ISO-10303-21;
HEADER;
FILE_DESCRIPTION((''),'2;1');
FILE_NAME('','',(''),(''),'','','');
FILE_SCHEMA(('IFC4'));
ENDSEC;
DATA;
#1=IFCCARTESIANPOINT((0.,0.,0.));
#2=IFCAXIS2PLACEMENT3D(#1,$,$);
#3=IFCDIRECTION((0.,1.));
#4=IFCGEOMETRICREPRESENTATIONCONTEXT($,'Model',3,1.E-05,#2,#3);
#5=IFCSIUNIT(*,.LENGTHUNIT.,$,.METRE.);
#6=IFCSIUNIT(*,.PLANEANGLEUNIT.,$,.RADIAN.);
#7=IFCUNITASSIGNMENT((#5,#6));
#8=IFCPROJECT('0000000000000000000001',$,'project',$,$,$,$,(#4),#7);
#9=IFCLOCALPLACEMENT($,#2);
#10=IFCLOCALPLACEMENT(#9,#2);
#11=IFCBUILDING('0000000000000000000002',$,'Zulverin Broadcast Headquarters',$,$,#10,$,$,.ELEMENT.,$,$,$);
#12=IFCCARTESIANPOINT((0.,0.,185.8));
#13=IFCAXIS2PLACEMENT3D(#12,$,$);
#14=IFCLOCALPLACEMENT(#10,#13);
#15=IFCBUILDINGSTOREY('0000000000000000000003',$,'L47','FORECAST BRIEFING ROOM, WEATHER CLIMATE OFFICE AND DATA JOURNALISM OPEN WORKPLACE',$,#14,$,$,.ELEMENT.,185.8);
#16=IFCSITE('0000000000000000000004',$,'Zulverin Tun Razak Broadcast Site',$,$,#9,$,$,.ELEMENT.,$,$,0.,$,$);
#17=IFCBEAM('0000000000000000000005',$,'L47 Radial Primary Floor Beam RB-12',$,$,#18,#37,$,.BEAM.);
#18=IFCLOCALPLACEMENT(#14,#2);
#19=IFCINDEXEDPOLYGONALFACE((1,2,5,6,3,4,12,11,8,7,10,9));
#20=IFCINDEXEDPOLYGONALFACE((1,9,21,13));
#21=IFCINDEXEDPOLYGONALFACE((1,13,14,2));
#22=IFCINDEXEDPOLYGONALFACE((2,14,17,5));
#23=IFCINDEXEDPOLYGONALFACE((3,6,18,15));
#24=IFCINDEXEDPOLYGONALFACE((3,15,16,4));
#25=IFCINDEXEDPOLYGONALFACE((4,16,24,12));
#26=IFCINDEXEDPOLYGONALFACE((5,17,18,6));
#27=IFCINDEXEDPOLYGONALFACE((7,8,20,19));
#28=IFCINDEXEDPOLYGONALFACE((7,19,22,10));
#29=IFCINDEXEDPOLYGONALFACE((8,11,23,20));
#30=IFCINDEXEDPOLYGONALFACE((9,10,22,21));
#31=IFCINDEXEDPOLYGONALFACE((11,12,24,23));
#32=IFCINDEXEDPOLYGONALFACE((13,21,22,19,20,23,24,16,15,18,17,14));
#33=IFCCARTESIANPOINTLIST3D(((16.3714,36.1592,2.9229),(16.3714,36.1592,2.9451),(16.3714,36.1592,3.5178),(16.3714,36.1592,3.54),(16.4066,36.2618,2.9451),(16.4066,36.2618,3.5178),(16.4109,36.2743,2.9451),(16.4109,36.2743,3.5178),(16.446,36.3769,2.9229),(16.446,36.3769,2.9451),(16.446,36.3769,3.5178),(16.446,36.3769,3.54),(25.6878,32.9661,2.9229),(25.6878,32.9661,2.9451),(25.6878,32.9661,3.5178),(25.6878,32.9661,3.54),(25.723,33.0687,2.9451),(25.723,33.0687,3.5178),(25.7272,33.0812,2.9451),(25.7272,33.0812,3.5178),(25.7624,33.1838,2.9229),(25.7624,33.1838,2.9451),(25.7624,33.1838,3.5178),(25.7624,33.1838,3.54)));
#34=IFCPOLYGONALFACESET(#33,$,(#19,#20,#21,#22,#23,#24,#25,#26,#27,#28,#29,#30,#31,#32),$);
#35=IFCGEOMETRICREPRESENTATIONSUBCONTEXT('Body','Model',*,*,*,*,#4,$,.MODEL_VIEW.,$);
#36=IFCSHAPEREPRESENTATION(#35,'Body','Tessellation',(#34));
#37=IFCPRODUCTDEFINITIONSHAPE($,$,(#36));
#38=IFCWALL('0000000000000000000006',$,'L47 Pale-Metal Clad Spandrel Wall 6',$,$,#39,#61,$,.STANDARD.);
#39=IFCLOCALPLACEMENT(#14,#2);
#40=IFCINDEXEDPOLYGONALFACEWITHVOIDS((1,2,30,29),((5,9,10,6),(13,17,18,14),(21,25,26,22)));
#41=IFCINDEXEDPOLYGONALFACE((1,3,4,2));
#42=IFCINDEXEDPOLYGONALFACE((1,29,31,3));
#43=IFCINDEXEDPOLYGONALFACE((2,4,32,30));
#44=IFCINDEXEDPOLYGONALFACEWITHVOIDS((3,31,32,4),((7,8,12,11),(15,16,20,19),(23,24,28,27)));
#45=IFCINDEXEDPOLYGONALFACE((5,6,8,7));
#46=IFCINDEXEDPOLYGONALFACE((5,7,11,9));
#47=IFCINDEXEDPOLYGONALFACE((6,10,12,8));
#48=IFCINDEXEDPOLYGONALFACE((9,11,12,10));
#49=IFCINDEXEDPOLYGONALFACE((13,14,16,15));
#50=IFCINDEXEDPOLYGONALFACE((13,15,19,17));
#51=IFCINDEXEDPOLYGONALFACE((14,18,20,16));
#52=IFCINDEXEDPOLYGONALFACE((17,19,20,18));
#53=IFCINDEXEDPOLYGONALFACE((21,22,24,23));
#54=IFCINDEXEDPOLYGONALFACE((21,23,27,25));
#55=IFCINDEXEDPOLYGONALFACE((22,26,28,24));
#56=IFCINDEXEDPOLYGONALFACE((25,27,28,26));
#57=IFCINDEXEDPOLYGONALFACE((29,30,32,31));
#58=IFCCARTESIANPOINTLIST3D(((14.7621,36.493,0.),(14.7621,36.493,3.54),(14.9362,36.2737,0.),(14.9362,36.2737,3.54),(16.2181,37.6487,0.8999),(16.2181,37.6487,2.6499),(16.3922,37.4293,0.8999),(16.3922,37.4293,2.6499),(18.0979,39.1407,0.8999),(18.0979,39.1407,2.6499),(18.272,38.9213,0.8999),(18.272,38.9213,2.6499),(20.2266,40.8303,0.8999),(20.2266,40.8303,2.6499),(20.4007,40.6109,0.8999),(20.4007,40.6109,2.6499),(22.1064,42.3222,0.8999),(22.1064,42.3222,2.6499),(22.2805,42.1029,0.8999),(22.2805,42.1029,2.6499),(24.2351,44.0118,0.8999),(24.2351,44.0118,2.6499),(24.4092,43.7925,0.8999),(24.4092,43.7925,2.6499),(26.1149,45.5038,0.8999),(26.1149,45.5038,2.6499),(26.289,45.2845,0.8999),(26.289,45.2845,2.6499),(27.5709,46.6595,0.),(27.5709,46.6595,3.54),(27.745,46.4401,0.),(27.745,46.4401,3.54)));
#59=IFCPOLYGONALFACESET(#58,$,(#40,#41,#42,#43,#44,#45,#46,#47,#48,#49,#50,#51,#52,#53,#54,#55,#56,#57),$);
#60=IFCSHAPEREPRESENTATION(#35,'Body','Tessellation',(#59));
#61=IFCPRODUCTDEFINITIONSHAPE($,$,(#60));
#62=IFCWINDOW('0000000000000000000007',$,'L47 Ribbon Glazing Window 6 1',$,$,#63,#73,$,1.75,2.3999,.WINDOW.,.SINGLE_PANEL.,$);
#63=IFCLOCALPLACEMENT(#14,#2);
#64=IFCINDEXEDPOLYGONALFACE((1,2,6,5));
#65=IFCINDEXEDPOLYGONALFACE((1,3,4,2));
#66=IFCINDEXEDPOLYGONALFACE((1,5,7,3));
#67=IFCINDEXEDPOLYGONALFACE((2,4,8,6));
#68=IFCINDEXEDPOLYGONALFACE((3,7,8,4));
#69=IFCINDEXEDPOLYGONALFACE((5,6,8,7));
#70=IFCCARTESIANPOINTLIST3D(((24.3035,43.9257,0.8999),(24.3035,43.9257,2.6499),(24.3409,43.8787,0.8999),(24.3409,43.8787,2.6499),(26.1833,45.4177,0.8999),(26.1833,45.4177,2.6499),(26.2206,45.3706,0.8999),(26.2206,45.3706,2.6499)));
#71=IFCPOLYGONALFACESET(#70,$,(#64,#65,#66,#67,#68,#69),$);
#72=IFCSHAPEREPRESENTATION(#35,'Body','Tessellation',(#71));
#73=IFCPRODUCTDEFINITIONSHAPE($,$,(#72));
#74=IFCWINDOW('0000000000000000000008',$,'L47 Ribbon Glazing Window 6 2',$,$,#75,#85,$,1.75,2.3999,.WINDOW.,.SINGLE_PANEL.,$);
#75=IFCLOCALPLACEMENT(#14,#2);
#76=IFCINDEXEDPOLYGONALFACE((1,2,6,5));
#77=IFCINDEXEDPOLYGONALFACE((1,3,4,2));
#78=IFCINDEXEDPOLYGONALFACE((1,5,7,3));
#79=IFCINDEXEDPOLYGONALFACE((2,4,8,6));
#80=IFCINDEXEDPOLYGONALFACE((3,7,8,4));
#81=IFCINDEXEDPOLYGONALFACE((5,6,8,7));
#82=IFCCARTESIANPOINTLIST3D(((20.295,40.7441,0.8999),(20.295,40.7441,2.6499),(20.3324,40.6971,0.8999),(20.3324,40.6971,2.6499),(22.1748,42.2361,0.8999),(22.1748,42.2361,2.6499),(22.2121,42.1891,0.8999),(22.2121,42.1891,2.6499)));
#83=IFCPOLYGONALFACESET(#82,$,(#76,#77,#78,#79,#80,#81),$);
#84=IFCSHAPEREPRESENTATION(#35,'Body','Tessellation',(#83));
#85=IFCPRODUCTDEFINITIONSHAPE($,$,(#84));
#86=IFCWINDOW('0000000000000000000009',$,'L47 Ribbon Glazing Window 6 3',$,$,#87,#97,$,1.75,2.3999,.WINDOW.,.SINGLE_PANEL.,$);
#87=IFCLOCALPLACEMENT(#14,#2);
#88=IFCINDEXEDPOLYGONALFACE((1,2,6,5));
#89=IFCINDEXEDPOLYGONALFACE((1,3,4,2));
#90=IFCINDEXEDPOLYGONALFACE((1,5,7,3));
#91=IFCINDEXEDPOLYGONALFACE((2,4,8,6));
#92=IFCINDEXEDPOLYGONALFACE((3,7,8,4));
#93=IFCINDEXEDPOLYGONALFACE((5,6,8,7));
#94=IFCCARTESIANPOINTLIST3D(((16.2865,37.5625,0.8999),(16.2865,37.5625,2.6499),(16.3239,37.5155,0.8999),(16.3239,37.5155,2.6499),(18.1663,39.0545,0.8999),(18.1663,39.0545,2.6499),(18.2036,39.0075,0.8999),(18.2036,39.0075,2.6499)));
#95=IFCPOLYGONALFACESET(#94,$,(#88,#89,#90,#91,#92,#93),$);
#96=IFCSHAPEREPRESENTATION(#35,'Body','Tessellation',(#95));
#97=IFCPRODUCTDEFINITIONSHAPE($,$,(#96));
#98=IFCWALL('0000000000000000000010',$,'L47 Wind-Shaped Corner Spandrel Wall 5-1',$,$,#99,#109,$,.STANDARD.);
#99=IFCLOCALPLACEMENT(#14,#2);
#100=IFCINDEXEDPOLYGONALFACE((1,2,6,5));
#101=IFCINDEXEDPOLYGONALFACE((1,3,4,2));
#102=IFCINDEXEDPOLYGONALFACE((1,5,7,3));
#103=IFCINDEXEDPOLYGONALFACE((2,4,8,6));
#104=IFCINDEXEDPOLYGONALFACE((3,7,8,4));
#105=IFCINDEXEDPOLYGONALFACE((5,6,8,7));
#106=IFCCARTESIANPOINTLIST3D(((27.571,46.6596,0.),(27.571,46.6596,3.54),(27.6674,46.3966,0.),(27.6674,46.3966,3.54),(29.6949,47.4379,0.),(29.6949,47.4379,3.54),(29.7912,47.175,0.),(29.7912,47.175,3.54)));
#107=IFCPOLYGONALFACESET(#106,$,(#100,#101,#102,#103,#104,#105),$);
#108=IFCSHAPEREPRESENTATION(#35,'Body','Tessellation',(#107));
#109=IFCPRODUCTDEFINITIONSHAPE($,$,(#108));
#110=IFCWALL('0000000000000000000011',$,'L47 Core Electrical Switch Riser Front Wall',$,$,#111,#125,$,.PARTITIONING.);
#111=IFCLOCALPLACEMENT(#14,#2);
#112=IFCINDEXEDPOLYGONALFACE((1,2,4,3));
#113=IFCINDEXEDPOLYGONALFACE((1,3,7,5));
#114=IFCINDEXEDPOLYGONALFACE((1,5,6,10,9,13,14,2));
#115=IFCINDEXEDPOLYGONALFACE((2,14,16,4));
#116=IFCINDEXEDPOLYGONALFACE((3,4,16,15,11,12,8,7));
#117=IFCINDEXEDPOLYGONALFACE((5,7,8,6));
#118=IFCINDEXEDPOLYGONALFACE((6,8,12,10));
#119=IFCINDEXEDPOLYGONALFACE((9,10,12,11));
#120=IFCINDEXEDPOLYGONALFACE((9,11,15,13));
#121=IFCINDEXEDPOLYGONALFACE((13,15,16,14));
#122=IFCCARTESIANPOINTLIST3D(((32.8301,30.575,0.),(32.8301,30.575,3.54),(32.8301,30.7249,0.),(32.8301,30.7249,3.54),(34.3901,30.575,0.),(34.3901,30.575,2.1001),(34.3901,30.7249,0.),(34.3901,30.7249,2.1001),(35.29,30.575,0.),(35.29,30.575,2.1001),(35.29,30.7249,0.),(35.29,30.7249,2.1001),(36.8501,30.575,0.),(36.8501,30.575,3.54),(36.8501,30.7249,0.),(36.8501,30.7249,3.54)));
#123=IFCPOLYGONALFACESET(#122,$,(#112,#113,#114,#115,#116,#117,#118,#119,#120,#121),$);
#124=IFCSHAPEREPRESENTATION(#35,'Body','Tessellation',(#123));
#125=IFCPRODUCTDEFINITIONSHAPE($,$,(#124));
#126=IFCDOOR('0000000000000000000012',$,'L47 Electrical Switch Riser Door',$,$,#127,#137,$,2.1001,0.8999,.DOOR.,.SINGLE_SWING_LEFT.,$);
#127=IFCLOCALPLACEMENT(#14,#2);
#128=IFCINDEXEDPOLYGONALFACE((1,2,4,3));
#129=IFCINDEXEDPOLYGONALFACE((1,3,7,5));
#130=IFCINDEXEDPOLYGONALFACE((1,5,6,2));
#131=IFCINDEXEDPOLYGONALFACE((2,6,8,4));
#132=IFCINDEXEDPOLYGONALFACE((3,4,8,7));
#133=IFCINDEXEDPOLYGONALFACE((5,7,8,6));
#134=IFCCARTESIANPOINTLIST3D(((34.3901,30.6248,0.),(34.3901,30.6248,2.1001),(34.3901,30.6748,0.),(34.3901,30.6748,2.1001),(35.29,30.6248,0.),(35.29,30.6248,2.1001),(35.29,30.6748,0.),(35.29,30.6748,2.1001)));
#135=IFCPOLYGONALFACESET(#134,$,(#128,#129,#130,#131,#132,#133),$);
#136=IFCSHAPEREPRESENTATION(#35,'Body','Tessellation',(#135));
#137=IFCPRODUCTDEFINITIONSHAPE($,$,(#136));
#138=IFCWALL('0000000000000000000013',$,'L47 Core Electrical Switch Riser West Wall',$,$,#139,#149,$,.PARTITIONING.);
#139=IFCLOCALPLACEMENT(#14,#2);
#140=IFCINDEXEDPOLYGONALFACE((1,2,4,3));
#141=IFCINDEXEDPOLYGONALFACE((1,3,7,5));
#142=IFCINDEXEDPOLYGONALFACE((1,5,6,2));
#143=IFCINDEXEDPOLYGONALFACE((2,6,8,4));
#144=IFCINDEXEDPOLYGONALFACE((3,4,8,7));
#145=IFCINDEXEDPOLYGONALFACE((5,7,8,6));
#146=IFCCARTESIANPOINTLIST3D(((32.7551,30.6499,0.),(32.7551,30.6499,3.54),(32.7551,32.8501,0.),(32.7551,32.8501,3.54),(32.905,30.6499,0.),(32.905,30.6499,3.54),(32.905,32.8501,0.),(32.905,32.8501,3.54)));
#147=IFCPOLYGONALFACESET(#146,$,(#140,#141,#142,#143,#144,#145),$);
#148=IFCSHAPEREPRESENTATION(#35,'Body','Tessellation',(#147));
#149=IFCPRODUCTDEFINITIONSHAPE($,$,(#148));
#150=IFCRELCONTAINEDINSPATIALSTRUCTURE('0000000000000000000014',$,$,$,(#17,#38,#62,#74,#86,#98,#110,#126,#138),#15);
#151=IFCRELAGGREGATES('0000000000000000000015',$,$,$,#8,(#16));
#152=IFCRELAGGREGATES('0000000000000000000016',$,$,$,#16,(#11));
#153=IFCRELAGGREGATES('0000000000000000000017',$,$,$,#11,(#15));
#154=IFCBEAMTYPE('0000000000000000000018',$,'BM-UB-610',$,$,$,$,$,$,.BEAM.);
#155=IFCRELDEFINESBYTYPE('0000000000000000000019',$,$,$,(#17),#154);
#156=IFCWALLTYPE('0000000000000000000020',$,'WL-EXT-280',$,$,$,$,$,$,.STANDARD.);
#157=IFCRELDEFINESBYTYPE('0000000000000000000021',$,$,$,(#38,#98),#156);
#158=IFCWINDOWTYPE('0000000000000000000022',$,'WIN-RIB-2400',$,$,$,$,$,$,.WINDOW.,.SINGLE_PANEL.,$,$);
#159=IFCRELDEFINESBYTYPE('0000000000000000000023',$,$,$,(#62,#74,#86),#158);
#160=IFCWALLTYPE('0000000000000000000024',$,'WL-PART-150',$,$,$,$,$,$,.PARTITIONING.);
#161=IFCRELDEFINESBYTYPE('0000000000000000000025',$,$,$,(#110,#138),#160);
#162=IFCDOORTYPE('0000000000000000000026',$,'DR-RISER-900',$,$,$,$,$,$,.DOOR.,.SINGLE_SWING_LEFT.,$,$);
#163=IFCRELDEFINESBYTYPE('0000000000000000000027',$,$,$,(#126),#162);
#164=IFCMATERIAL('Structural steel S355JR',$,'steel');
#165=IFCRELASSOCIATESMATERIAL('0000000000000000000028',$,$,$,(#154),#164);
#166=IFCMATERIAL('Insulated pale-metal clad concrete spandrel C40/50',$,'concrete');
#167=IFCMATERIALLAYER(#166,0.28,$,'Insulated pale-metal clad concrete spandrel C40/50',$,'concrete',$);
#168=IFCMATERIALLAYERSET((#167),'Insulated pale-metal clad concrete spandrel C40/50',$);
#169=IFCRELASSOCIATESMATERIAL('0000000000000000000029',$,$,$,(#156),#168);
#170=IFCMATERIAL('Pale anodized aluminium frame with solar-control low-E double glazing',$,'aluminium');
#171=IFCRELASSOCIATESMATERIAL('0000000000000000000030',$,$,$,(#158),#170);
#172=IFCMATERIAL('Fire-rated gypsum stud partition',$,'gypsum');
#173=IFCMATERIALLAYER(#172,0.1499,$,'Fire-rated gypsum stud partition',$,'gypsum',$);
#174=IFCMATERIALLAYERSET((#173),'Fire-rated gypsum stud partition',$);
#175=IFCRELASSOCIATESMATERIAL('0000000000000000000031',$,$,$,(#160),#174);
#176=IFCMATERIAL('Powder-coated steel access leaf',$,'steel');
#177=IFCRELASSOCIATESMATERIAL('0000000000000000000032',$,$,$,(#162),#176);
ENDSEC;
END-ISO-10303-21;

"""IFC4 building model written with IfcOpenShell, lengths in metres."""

from ifc_helpers import new_model, si_unit, direction, frame, frame_2d, origin, origin_2d, place, context, subcontext, project, spatial, rectangle, i_section, extrude, material, layer, layer_set, material_profile, profile_set, type_object, element, fill, save


model = new_model("IFC4")

# Units and contexts
model_context = context("Model", 3, precision=1e-05, world=origin(), true_north=direction((0.0, 1.0)))
body_context = subcontext(model_context, "Body", "Model", "MODEL_VIEW")
ifc_project = project(units=[si_unit("LENGTHUNIT", "METRE"), si_unit("PLANEANGLEUNIT", "RADIAN")], contexts=[model_context])

# Site, building, storey
site_placement = place(None, origin())
site = spatial("IfcSite", under=ifc_project, at=site_placement, Name="Zulverin Tun Razak Broadcast Site", CompositionType="ELEMENT", RefElevation=0.0)
building_placement = place(site_placement, origin())
building = spatial("IfcBuilding", under=site, at=building_placement, Name="Zulverin Broadcast Headquarters", CompositionType="ELEMENT")
storey_placement = place(building_placement, frame((0.0, 0.0, 185.8)))
storey = spatial("IfcBuildingStorey", under=building, at=storey_placement, Name="L47", Description="FORECAST BRIEFING ROOM, WEATHER CLIMATE OFFICE AND DATA JOURNALISM OPEN WORKPLACE", CompositionType="ELEMENT", Elevation=185.8)

# Beam
ifc_material_1 = material(Name="Structural steel S355JR", Category="steel")
ifc_material_profile_1 = material_profile(ifc_material_1, i_section(OverallWidth=0.2302, OverallDepth=0.6172, WebThickness=0.0132, FlangeThickness=0.0222, at=origin_2d()), Name="Structural steel S355JR", Category="steel")
ifc_profile_set_1 = profile_set([ifc_material_profile_1], Name="Structural steel S355JR")
beam_type_1 = type_object("IfcBeamType", Name="BM-UB-610", PredefinedType="BEAM", material=ifc_profile_set_1)
beam_1_placement = place(storey_placement, frame((25.7251, 33.075, 3.2314), z_axis=(-0.94598, 0.324226, 0.0), x_axis=(-0.324226, -0.94598, 0.0)))
element("IfcBeam", 1, at=beam_1_placement, inside=storey, type_object=beam_type_1, Name="L47 Radial Primary Floor Beam RB-12", PredefinedType="BEAM", context=body_context, shape_type="SweptSolid", body=[
    extrude(i_section(OverallWidth=0.2302, OverallDepth=0.6172, WebThickness=0.0132, FlangeThickness=0.0222, at=origin_2d()), origin(), (0.0, 0.0, 1.0), 9.8484),
])

# Wall, openings, windows
ifc_material_2 = material(Name="Insulated pale-metal clad concrete spandrel C40/50", Category="concrete")
ifc_layer_1 = layer(ifc_material_2, 0.28, Name="Insulated pale-metal clad concrete spandrel C40/50", Category="concrete")
ifc_layer_set_1 = layer_set([ifc_layer_1], Name="Insulated pale-metal clad concrete spandrel C40/50")
wall_type_1 = type_object("IfcWallType", Name="WL-EXT-280", PredefinedType="STANDARD", material=ifc_layer_set_1)
wall_1_placement = place(storey_placement, frame((27.658, 46.5498, 0.0), z_axis=(0.0, 0.0, 1.0), x_axis=(-0.783266, -0.621686, 0.0)))
wall_1 = element("IfcWall", 2, at=wall_1_placement, inside=storey, type_object=wall_type_1, Name="L47 Pale-Metal Clad Spandrel Wall 6", PredefinedType="STANDARD", context=body_context, shape_type="SweptSolid", body=[
    extrude(rectangle(XDim=16.353, YDim=0.28, at=frame_2d((8.1765, 0.0))), origin(), (0.0, 0.0, 1.0), 3.54),
])
opening_1_placement = place(wall_1_placement, frame((1.8589, 0.0, 0.8999)))
opening_1 = element("IfcOpeningElement", 3, at=opening_1_placement, cuts=wall_1, PredefinedType="OPENING", context=body_context, shape_type="SweptSolid", body=[
    extrude(rectangle(XDim=2.3999, YDim=1.75, at=frame_2d((1.2, 0.875))), frame((0.0, 0.1499, 0.0), z_axis=(0.0, -1.0, 0.0), x_axis=(1.0, 0.0, 0.0)), (0.0, 0.0, 1.0), 0.3),
])
opening_2_placement = place(wall_1_placement, frame((6.9766, 0.0, 0.8999)))
opening_2 = element("IfcOpeningElement", 4, at=opening_2_placement, cuts=wall_1, PredefinedType="OPENING", context=body_context, shape_type="SweptSolid", body=[
    extrude(rectangle(XDim=2.3999, YDim=1.75, at=frame_2d((1.2, 0.875))), frame((0.0, 0.1499, 0.0), z_axis=(0.0, -1.0, 0.0), x_axis=(1.0, 0.0, 0.0)), (0.0, 0.0, 1.0), 0.3),
])
opening_3_placement = place(wall_1_placement, frame((12.0942, 0.0, 0.8999)))
opening_3 = element("IfcOpeningElement", 5, at=opening_3_placement, cuts=wall_1, PredefinedType="OPENING", context=body_context, shape_type="SweptSolid", body=[
    extrude(rectangle(XDim=2.3999, YDim=1.75, at=frame_2d((1.2, 0.875))), frame((0.0, 0.1499, 0.0), z_axis=(0.0, -1.0, 0.0), x_axis=(1.0, 0.0, 0.0)), (0.0, 0.0, 1.0), 0.3),
])
ifc_material_3 = material(Name="Pale anodized aluminium frame with solar-control low-E double glazing", Category="aluminium")
window_type = type_object("IfcWindowType", Name="WIN-RIB-2400", PartitioningType="SINGLE_PANEL", PredefinedType="WINDOW", material=ifc_material_3)
window_1_placement = place(opening_1_placement, origin())
window_1 = element("IfcWindow", 6, at=window_1_placement, inside=storey, type_object=window_type, Name="L47 Ribbon Glazing Window 6 1", OverallHeight=1.75, OverallWidth=2.3999, PartitioningType="SINGLE_PANEL", PredefinedType="WINDOW", context=body_context, shape_type="SweptSolid", body=[
    extrude(rectangle(XDim=2.3999, YDim=1.75, at=frame_2d((1.2, 0.875))), frame((0.0, 0.03, 0.0), z_axis=(0.0, -1.0, 0.0), x_axis=(1.0, 0.0, 0.0)), (0.0, 0.0, 1.0), 0.0601),
])
fill(opening_1, window_1)
window_2_placement = place(opening_2_placement, origin())
window_2 = element("IfcWindow", 7, at=window_2_placement, inside=storey, type_object=window_type, Name="L47 Ribbon Glazing Window 6 2", OverallHeight=1.75, OverallWidth=2.3999, PartitioningType="SINGLE_PANEL", PredefinedType="WINDOW", context=body_context, shape_type="SweptSolid", body=[
    extrude(rectangle(XDim=2.3999, YDim=1.75, at=frame_2d((1.2, 0.875))), frame((0.0, 0.03, 0.0), z_axis=(0.0, -1.0, 0.0), x_axis=(1.0, 0.0, 0.0)), (0.0, 0.0, 1.0), 0.0601),
])
fill(opening_2, window_2)
window_3_placement = place(opening_3_placement, origin())
window_3 = element("IfcWindow", 8, at=window_3_placement, inside=storey, type_object=window_type, Name="L47 Ribbon Glazing Window 6 3", OverallHeight=1.75, OverallWidth=2.3999, PartitioningType="SINGLE_PANEL", PredefinedType="WINDOW", context=body_context, shape_type="SweptSolid", body=[
    extrude(rectangle(XDim=2.3999, YDim=1.75, at=frame_2d((1.2, 0.875))), frame((0.0, 0.03, 0.0), z_axis=(0.0, -1.0, 0.0), x_axis=(1.0, 0.0, 0.0)), (0.0, 0.0, 1.0), 0.0601),
])
fill(opening_3, window_3)

# Wall
wall_2_placement = place(storey_placement, frame((29.7429, 47.3064, 0.0), z_axis=(0.0, 0.0, 1.0), x_axis=(-0.938933, -0.344099, 0.0)))
element("IfcWall", 9, at=wall_2_placement, inside=storey, type_object=wall_type_1, Name="L47 Wind-Shaped Corner Spandrel Wall 5-1", PredefinedType="STANDARD", context=body_context, shape_type="SweptSolid", body=[
    extrude(rectangle(XDim=2.262, YDim=0.28, at=frame_2d((1.1309, 0.0))), origin(), (0.0, 0.0, 1.0), 3.54),
])

# Wall, opening, door
ifc_material_4 = material(Name="Fire-rated gypsum stud partition", Category="gypsum")
ifc_layer_2 = layer(ifc_material_4, 0.1499, Name="Fire-rated gypsum stud partition", Category="gypsum")
ifc_layer_set_2 = layer_set([ifc_layer_2], Name="Fire-rated gypsum stud partition")
wall_type_2 = type_object("IfcWallType", Name="WL-PART-150", PredefinedType="PARTITIONING", material=ifc_layer_set_2)
wall_3_placement = place(storey_placement, frame((32.8301, 30.6499, 0.0), z_axis=(0.0, 0.0, 1.0), x_axis=(1.0, 0.0, 0.0)))
wall_3 = element("IfcWall", 10, at=wall_3_placement, inside=storey, type_object=wall_type_2, Name="L47 Core Electrical Switch Riser Front Wall", PredefinedType="PARTITIONING", context=body_context, shape_type="SweptSolid", body=[
    extrude(rectangle(XDim=4.02, YDim=0.1499, at=frame_2d((2.01, 0.0))), origin(), (0.0, 0.0, 1.0), 3.54),
])
opening_4_placement = place(wall_3_placement, frame((1.5601, 0.0, 0.0)))
opening_4 = element("IfcOpeningElement", 11, at=opening_4_placement, cuts=wall_3, PredefinedType="OPENING", context=body_context, shape_type="SweptSolid", body=[
    extrude(rectangle(XDim=0.8999, YDim=2.1001, at=frame_2d((0.45, 1.05))), frame((0.0, 0.085, 0.0), z_axis=(0.0, -1.0, 0.0), x_axis=(1.0, 0.0, 0.0)), (0.0, 0.0, 1.0), 0.1699),
])
ifc_material_5 = material(Name="Powder-coated steel access leaf", Category="steel")
door_type = type_object("IfcDoorType", Name="DR-RISER-900", OperationType="SINGLE_SWING_LEFT", PredefinedType="DOOR", material=ifc_material_5)
door_placement = place(opening_4_placement, origin())
door = element("IfcDoor", 12, at=door_placement, inside=storey, type_object=door_type, Name="L47 Electrical Switch Riser Door", OperationType="SINGLE_SWING_LEFT", OverallHeight=2.1001, OverallWidth=0.8999, PredefinedType="DOOR", context=body_context, shape_type="SweptSolid", body=[
    extrude(rectangle(XDim=0.8999, YDim=2.1001, at=frame_2d((0.45, 1.05))), frame((0.0, 0.0249, 0.0), z_axis=(0.0, -1.0, 0.0), x_axis=(1.0, 0.0, 0.0)), (0.0, 0.0, 1.0), 0.05),
])
fill(opening_4, door)

# Wall
wall_4_placement = place(storey_placement, frame((32.8301, 30.6499, 0.0), z_axis=(0.0, 0.0, 1.0), x_axis=(0.0, 1.0, 0.0)))
element("IfcWall", 13, at=wall_4_placement, inside=storey, type_object=wall_type_2, Name="L47 Core Electrical Switch Riser West Wall", PredefinedType="PARTITIONING", context=body_context, shape_type="SweptSolid", body=[
    extrude(rectangle(XDim=2.2002, YDim=0.1499, at=frame_2d((1.1001, 0.0))), origin(), (0.0, 0.0, 1.0), 3.54),
])

save(model, "model.ifc")
